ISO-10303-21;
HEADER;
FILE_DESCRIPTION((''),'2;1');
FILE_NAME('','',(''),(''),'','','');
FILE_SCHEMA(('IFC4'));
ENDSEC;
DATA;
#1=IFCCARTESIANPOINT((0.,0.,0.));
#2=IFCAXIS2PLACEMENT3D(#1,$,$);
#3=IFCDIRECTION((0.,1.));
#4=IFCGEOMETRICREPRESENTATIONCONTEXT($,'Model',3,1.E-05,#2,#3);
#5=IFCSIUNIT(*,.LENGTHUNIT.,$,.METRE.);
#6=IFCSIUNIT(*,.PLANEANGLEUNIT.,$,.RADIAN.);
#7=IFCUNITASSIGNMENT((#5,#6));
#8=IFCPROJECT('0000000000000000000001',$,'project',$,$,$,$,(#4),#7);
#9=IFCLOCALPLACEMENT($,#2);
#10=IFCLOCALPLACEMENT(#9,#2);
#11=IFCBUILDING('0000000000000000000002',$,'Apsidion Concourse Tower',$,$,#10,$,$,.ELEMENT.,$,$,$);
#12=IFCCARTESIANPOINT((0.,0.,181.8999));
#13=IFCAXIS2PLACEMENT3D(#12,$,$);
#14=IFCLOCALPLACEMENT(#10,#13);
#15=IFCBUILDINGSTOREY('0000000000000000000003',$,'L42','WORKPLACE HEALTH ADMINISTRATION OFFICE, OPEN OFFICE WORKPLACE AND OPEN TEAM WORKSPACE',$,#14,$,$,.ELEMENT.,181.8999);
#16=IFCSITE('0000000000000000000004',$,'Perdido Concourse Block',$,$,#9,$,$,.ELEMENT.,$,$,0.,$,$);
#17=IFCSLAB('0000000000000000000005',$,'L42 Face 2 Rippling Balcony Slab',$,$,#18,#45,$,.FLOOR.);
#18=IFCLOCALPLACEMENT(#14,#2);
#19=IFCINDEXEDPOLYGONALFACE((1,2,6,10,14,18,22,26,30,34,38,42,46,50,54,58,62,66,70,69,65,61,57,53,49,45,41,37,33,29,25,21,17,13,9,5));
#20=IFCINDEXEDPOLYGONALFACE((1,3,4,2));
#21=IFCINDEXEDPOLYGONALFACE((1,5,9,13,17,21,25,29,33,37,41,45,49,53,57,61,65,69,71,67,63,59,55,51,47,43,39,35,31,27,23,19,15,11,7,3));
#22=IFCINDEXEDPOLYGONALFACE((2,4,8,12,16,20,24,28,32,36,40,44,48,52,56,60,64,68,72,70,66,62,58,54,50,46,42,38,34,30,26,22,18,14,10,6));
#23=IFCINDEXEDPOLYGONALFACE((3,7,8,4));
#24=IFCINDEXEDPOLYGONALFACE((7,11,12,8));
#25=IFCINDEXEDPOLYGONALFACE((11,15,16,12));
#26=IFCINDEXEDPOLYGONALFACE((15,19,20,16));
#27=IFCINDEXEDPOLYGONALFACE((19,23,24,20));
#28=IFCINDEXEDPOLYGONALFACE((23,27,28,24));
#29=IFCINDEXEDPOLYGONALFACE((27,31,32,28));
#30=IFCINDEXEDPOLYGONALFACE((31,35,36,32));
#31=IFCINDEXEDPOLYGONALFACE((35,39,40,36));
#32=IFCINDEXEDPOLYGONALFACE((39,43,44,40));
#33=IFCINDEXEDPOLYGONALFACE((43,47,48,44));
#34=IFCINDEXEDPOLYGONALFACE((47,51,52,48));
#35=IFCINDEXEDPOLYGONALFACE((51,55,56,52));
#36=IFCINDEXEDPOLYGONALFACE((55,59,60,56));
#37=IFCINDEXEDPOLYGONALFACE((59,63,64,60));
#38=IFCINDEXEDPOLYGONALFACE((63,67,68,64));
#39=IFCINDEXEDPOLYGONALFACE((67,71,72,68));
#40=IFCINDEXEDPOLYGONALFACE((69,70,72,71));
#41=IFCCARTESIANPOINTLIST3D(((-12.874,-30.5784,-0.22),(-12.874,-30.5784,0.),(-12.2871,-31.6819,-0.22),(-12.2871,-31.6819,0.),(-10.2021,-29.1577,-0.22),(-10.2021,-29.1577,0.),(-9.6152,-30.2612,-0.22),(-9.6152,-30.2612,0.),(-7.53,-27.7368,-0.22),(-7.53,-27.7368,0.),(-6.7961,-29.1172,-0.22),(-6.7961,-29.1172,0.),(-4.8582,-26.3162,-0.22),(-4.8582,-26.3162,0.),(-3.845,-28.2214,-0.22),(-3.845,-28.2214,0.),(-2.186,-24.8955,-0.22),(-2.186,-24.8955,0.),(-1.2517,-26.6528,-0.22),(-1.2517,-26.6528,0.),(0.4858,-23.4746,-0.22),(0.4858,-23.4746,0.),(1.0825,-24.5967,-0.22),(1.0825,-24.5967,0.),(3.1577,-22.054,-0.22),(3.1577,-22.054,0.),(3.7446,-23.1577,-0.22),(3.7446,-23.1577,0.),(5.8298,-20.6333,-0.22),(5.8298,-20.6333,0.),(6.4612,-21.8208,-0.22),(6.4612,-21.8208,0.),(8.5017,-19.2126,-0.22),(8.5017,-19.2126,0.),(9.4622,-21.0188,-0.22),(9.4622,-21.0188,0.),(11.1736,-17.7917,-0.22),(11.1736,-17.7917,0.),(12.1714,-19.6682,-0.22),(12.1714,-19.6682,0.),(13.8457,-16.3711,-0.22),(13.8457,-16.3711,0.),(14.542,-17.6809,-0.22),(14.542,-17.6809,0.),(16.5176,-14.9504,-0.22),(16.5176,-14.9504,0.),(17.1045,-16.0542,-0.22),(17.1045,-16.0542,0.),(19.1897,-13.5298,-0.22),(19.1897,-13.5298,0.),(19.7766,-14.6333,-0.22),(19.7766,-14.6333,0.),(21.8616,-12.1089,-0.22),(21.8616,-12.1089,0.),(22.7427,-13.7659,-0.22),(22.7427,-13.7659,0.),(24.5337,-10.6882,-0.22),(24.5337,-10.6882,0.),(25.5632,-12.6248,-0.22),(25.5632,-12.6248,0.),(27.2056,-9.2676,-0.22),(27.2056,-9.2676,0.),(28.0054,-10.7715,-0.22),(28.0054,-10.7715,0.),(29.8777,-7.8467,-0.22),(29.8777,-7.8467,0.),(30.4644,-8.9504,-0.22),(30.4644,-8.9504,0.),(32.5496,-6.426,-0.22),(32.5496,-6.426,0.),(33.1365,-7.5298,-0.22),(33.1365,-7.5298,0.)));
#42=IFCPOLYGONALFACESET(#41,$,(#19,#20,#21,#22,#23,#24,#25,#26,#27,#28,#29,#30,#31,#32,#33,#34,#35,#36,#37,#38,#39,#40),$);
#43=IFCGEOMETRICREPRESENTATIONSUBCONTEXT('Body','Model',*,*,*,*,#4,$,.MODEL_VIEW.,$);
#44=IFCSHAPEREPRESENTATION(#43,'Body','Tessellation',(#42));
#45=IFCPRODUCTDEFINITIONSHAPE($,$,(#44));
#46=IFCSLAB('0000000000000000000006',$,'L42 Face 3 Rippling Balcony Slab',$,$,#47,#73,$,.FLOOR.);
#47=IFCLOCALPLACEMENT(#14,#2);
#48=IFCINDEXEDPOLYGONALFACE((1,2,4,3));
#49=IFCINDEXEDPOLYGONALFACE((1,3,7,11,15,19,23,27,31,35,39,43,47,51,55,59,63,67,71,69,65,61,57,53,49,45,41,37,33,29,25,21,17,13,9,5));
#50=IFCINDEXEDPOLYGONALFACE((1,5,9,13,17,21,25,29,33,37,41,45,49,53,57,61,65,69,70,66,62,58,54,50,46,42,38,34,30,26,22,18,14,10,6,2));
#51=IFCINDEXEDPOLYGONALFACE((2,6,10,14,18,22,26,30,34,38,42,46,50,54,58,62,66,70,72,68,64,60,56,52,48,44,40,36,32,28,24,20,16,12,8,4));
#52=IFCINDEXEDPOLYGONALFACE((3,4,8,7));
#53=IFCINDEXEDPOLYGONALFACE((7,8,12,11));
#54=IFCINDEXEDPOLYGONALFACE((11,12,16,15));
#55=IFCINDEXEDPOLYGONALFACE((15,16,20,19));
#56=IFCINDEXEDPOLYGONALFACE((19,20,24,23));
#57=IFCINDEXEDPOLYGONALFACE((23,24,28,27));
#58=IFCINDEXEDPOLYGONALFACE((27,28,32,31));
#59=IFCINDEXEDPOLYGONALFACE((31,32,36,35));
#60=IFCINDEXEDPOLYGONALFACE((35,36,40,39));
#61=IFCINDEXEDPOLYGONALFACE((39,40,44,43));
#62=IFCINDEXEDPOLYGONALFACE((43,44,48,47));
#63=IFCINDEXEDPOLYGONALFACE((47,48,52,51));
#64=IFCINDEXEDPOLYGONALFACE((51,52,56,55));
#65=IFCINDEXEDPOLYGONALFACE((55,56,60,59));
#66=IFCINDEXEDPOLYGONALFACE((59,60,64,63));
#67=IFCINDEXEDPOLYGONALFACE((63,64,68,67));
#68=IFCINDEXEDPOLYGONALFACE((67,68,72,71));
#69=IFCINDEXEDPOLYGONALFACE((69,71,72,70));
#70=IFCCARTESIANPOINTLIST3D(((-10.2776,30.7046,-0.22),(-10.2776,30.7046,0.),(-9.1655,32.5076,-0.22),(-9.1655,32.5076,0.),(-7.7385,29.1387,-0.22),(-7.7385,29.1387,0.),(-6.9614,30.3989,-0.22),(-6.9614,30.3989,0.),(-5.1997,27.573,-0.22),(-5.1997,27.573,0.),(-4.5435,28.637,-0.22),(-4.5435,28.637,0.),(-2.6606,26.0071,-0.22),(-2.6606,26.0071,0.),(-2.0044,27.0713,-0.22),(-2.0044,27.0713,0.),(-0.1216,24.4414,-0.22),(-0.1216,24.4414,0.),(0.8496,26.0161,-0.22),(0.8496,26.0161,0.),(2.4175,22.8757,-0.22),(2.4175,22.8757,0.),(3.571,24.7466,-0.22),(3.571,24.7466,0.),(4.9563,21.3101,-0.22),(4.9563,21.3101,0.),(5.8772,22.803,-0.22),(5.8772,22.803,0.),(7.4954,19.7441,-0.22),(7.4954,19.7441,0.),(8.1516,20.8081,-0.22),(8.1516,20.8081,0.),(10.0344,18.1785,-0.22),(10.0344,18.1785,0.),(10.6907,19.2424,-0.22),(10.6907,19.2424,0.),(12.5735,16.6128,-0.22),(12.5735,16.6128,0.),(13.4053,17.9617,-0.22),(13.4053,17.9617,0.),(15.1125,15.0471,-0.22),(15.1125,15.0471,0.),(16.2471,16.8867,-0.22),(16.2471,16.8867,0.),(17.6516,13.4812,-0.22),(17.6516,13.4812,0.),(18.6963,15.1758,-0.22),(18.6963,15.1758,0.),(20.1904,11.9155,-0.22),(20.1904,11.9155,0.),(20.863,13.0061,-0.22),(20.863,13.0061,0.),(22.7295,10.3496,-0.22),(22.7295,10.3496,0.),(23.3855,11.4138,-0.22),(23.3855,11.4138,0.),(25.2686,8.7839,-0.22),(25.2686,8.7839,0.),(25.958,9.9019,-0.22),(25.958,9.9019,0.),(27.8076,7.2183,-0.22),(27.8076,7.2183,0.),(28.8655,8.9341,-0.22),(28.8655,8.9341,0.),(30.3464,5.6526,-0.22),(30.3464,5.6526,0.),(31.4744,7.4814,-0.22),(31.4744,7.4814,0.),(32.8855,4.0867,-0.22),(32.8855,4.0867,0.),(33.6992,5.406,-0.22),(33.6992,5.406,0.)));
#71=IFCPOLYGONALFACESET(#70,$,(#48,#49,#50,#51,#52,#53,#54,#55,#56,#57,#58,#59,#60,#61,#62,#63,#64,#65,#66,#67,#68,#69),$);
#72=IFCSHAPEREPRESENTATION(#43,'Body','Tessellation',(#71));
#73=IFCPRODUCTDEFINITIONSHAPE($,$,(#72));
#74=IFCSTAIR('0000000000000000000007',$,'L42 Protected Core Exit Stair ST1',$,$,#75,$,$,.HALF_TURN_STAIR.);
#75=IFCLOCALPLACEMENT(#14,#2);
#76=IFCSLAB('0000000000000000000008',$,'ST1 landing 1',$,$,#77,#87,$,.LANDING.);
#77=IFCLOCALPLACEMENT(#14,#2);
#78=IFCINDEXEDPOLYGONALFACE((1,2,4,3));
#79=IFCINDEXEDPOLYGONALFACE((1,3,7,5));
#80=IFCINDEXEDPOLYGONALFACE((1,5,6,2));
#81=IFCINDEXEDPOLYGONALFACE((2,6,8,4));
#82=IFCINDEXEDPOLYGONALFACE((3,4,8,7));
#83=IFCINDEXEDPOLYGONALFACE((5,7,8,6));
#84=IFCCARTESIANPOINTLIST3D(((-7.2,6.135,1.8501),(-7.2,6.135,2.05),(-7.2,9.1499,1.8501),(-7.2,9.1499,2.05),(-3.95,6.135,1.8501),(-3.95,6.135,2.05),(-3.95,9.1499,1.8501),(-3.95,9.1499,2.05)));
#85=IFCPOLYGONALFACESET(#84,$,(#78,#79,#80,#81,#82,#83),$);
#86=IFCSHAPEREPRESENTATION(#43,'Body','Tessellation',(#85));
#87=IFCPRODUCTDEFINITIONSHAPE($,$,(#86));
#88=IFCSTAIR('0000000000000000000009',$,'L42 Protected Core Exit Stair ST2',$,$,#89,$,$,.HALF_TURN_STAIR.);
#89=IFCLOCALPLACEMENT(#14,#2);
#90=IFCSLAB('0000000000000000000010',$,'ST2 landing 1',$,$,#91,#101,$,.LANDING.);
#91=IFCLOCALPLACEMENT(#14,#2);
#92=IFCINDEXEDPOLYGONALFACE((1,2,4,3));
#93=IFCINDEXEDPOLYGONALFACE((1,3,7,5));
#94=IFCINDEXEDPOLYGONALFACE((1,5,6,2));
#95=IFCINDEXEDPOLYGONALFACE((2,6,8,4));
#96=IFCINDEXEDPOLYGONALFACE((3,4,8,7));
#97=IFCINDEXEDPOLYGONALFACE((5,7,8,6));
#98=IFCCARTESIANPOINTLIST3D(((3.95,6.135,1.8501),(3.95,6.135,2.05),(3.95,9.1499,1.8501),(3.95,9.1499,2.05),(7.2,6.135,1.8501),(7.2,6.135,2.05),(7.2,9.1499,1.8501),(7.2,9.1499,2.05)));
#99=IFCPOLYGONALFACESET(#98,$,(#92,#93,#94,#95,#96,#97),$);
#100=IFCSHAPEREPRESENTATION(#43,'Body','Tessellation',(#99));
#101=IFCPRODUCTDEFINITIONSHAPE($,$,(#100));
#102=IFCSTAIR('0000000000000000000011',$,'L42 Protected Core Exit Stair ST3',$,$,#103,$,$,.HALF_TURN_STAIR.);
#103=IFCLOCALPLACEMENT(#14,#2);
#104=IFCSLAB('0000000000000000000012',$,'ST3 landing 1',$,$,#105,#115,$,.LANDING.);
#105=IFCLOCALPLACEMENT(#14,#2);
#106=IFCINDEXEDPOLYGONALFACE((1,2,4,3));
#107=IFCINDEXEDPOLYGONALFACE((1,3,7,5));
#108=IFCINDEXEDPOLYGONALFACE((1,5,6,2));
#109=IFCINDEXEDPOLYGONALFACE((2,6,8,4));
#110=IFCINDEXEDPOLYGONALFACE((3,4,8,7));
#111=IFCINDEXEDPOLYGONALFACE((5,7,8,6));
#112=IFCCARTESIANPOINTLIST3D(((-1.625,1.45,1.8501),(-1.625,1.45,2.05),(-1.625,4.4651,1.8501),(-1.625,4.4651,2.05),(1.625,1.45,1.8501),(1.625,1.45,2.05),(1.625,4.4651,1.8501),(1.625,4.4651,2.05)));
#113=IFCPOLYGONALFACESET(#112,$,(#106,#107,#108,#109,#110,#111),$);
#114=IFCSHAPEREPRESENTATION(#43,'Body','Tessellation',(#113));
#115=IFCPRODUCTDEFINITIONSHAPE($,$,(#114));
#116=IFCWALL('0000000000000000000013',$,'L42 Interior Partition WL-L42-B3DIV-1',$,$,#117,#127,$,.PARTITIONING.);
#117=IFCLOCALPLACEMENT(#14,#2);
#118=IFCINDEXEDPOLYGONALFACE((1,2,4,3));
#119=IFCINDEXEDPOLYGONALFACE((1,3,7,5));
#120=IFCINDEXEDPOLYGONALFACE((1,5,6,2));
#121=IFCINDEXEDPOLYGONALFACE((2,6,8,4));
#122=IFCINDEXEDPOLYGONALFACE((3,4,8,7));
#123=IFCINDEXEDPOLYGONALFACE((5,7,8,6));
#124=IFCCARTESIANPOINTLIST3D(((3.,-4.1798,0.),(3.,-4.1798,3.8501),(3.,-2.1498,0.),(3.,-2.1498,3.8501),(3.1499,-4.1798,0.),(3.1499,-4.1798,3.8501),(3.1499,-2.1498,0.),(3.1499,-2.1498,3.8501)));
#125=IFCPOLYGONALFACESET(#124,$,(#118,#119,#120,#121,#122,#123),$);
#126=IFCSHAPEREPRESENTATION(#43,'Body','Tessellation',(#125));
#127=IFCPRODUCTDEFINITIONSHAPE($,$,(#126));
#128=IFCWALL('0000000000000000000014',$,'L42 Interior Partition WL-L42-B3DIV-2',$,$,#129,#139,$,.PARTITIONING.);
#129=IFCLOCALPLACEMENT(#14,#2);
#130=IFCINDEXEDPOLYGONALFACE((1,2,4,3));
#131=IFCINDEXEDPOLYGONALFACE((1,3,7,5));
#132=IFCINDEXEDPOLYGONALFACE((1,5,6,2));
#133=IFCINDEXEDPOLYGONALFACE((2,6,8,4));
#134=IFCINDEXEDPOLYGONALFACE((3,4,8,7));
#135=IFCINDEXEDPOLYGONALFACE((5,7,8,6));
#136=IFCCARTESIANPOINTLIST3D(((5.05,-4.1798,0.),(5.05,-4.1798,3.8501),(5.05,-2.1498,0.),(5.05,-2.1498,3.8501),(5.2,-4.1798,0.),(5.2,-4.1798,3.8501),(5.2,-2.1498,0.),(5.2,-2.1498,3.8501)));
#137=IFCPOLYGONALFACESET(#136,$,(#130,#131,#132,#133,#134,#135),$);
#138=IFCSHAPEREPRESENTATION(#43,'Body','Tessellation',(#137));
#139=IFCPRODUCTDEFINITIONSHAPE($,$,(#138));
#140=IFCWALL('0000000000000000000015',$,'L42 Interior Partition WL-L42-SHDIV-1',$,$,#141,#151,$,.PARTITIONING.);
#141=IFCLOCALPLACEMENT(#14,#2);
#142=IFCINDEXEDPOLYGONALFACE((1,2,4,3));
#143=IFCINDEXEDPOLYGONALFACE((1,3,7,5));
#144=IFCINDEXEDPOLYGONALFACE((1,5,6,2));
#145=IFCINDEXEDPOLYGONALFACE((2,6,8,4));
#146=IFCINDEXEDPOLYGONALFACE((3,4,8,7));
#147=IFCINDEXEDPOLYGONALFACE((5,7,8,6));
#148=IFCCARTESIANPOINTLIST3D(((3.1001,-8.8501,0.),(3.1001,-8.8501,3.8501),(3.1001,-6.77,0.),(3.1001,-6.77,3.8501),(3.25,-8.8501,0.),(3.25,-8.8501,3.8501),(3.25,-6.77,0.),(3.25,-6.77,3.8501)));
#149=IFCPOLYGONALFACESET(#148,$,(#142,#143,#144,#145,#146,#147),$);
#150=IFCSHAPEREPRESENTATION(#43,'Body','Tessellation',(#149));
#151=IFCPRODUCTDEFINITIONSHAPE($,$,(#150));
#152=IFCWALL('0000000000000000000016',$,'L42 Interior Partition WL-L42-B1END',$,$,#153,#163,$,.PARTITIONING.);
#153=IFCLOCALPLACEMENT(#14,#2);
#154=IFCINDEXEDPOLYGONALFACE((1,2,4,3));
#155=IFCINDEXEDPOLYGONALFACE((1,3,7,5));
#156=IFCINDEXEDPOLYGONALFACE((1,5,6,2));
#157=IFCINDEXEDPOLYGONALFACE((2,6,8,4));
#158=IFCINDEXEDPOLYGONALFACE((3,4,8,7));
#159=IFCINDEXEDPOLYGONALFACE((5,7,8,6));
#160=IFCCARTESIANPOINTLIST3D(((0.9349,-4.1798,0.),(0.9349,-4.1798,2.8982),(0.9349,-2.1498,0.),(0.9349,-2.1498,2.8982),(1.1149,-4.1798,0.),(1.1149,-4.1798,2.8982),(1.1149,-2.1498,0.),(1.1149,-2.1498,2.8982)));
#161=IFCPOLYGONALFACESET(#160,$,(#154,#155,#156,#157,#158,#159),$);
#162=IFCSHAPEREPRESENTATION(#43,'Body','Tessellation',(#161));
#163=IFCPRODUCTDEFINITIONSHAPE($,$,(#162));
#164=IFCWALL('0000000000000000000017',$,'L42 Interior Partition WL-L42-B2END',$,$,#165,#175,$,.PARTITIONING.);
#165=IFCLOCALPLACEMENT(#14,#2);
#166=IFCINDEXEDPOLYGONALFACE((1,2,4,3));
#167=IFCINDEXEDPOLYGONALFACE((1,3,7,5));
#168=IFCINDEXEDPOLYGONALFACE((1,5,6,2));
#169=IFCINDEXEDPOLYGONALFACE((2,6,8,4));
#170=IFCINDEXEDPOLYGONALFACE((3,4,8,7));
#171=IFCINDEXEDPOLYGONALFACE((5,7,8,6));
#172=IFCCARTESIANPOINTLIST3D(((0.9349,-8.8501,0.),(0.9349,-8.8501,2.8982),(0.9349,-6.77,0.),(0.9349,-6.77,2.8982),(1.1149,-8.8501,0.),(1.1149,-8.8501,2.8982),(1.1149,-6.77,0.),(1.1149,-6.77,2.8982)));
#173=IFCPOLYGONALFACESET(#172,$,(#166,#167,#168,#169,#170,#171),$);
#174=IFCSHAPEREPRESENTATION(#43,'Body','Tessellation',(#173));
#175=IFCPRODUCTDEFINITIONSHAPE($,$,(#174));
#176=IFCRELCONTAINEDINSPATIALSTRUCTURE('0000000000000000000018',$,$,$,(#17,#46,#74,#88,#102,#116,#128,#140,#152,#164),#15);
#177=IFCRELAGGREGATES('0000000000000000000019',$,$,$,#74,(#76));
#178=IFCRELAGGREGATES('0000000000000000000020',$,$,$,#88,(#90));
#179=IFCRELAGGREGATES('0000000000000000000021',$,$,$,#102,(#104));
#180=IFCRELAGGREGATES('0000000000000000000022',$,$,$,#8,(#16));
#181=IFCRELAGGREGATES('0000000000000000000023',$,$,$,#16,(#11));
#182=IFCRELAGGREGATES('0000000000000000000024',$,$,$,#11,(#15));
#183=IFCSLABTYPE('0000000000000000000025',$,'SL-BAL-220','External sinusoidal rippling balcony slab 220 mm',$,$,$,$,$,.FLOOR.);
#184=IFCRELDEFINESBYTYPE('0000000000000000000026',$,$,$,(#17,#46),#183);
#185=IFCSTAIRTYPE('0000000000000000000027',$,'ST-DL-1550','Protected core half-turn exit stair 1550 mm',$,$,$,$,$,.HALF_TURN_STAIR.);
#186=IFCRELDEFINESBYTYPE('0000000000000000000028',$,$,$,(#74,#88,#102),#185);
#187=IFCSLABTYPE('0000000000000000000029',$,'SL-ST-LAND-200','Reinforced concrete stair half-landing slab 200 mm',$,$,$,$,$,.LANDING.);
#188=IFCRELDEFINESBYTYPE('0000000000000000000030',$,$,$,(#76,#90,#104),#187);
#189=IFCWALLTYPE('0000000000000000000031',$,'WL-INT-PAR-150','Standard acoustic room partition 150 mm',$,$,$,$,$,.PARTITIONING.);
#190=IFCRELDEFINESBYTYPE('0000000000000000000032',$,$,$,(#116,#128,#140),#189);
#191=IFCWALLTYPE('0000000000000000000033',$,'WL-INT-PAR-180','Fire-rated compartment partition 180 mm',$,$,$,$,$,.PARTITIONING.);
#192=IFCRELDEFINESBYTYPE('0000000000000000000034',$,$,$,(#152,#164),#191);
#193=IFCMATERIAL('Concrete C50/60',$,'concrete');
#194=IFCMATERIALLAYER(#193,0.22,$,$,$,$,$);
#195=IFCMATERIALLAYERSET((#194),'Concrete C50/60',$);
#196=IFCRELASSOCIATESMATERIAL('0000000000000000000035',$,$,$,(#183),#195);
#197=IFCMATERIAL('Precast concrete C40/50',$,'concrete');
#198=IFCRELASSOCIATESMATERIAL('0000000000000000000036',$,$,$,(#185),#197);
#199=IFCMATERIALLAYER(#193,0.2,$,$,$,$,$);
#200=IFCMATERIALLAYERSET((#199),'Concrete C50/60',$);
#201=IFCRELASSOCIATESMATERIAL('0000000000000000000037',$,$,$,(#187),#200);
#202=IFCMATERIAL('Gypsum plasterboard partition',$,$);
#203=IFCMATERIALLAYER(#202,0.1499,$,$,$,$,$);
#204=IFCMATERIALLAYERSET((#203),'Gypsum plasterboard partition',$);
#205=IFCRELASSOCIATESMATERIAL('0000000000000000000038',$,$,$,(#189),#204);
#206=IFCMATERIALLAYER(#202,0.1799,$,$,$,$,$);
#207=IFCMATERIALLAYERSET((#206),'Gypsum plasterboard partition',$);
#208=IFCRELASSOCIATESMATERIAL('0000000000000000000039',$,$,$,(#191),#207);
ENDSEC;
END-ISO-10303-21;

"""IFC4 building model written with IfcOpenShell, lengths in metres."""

from ifc_helpers import new_model, si_unit, direction, frame, frame_2d, origin, place, context, subcontext, project, spatial, polyline, rectangle, outline, extrude, material, layer, layer_set, type_object, element, aggregate, save


model = new_model("IFC4")

# Units and contexts
model_context = context("Model", 3, precision=1e-05, world=origin(), true_north=direction((0.0, 1.0)))
body_context = subcontext(model_context, "Body", "Model", "MODEL_VIEW")
ifc_project = project(units=[si_unit("LENGTHUNIT", "METRE"), si_unit("PLANEANGLEUNIT", "RADIAN")], contexts=[model_context])

# Site, building, storey
site_placement = place(None, origin())
site = spatial("IfcSite", under=ifc_project, at=site_placement, Name="Perdido Concourse Block", CompositionType="ELEMENT", RefElevation=0.0)
building_placement = place(site_placement, origin())
building = spatial("IfcBuilding", under=site, at=building_placement, Name="Apsidion Concourse Tower", CompositionType="ELEMENT")
storey_placement = place(building_placement, frame((0.0, 0.0, 181.8999)))
storey = spatial("IfcBuildingStorey", under=building, at=storey_placement, Name="L42", Description="WORKPLACE HEALTH ADMINISTRATION OFFICE, OPEN OFFICE WORKPLACE AND OPEN TEAM WORKSPACE", CompositionType="ELEMENT", Elevation=181.8999)

# Shared definitions
ifc_material_1 = material(Name="Concrete C50/60", Category="concrete")

# Slabs
ifc_layer_1 = layer(ifc_material_1, 0.22)
ifc_layer_set_1 = layer_set([ifc_layer_1], Name="Concrete C50/60")
slab_type_1 = type_object("IfcSlabType", Name="SL-BAL-220", Description="External sinusoidal rippling balcony slab 220 mm", PredefinedType="FLOOR", material=ifc_layer_set_1)
slab_1_placement = place(storey_placement, frame((0.0, 0.0, -0.22)))
element("IfcSlab", 1, at=slab_1_placement, inside=storey, type_object=slab_type_1, Name="L42 Face 2 Rippling Balcony Slab", PredefinedType="FLOOR", context=body_context, shape_type="SweptSolid", body=[
    extrude(outline(polyline([(-12.874, -30.5784), (-10.2021, -29.1577), (-7.53, -27.7368), (-4.8582, -26.3162), (-2.186, -24.8955), (0.4858, -23.4746), (3.1577, -22.054), (5.8298, -20.6333), (8.5017, -19.2126), (11.1736, -17.7917), (13.8457, -16.3711), (16.5176, -14.9504), (19.1897, -13.5298), (21.8616, -12.1089), (24.5337, -10.6882), (27.2056, -9.2676), (29.8777, -7.8467), (32.5496, -6.426), (33.1365, -7.5298), (30.4644, -8.9504), (28.0054, -10.7715), (25.5632, -12.6248), (22.7427, -13.7659), (19.7766, -14.6333), (17.1045, -16.0542), (14.542, -17.6809), (12.1714, -19.6682), (9.4622, -21.0188), (6.4612, -21.8208), (3.7446, -23.1577), (1.0825, -24.5967), (-1.2517, -26.6528), (-3.845, -28.2214), (-6.7961, -29.1172), (-9.6152, -30.2612), (-12.2871, -31.6819), (-12.874, -30.5784)])), origin(), (0.0, 0.0, 1.0), 0.22),
])
slab_2_placement = place(storey_placement, frame((0.0, 0.0, -0.22)))
element("IfcSlab", 2, at=slab_2_placement, inside=storey, type_object=slab_type_1, Name="L42 Face 3 Rippling Balcony Slab", PredefinedType="FLOOR", context=body_context, shape_type="SweptSolid", body=[
    extrude(outline(polyline([(32.8855, 4.0867), (30.3464, 5.6526), (27.8076, 7.2183), (25.2686, 8.7839), (22.7295, 10.3496), (20.1904, 11.9155), (17.6516, 13.4812), (15.1125, 15.0471), (12.5735, 16.6128), (10.0344, 18.1785), (7.4954, 19.7441), (4.9563, 21.3101), (2.4175, 22.8757), (-0.1216, 24.4414), (-2.6606, 26.0071), (-5.1997, 27.573), (-7.7385, 29.1387), (-10.2776, 30.7046), (-9.1655, 32.5076), (-6.9614, 30.3989), (-4.5435, 28.637), (-2.0044, 27.0713), (0.8496, 26.0161), (3.571, 24.7466), (5.8772, 22.803), (8.1516, 20.8081), (10.6907, 19.2424), (13.4053, 17.9617), (16.2471, 16.8867), (18.6963, 15.1758), (20.863, 13.0061), (23.3855, 11.4138), (25.958, 9.9019), (28.8655, 8.9341), (31.4744, 7.4814), (33.6992, 5.406), (32.8855, 4.0867)])), origin(), (0.0, 0.0, 1.0), 0.22),
])

# Stairs, slabs
ifc_material_2 = material(Name="Precast concrete C40/50", Category="concrete")
stair_type = type_object("IfcStairType", Name="ST-DL-1550", Description="Protected core half-turn exit stair 1550 mm", PredefinedType="HALF_TURN_STAIR", material=ifc_material_2)
stair_1_placement = place(storey_placement, origin())
stair_1 = element("IfcStair", 3, at=stair_1_placement, inside=storey, type_object=stair_type, Name="L42 Protected Core Exit Stair ST1", PredefinedType="HALF_TURN_STAIR")
ifc_layer_2 = layer(ifc_material_1, 0.2)
ifc_layer_set_2 = layer_set([ifc_layer_2], Name="Concrete C50/60")
slab_type_2 = type_object("IfcSlabType", Name="SL-ST-LAND-200", Description="Reinforced concrete stair half-landing slab 200 mm", PredefinedType="LANDING", material=ifc_layer_set_2)
slab_3_placement = place(storey_placement, frame((0.0, 0.0, 1.8501)))
slab_3 = element("IfcSlab", 4, at=slab_3_placement, type_object=slab_type_2, Name="ST1 landing 1", PredefinedType="LANDING", context=body_context, shape_type="SweptSolid", body=[
    extrude(outline(polyline([(-3.95, 6.135), (-3.95, 9.1499), (-7.2, 9.1499), (-7.2, 6.135), (-3.95, 6.135)])), origin(), (0.0, 0.0, 1.0), 0.2),
])
aggregate(stair_1, [slab_3])
stair_2_placement = place(storey_placement, origin())
stair_2 = element("IfcStair", 5, at=stair_2_placement, inside=storey, type_object=stair_type, Name="L42 Protected Core Exit Stair ST2", PredefinedType="HALF_TURN_STAIR")
slab_4_placement = place(storey_placement, frame((0.0, 0.0, 1.8501)))
slab_4 = element("IfcSlab", 6, at=slab_4_placement, type_object=slab_type_2, Name="ST2 landing 1", PredefinedType="LANDING", context=body_context, shape_type="SweptSolid", body=[
    extrude(outline(polyline([(7.2, 6.135), (7.2, 9.1499), (3.95, 9.1499), (3.95, 6.135), (7.2, 6.135)])), origin(), (0.0, 0.0, 1.0), 0.2),
])
aggregate(stair_2, [slab_4])
stair_3_placement = place(storey_placement, origin())
stair_3 = element("IfcStair", 7, at=stair_3_placement, inside=storey, type_object=stair_type, Name="L42 Protected Core Exit Stair ST3", PredefinedType="HALF_TURN_STAIR")
slab_5_placement = place(storey_placement, frame((0.0, 0.0, 1.8501)))
slab_5 = element("IfcSlab", 8, at=slab_5_placement, type_object=slab_type_2, Name="ST3 landing 1", PredefinedType="LANDING", context=body_context, shape_type="SweptSolid", body=[
    extrude(outline(polyline([(-1.625, 4.4651), (-1.625, 1.45), (1.625, 1.45), (1.625, 4.4651), (-1.625, 4.4651)])), origin(), (0.0, 0.0, 1.0), 0.2),
])
aggregate(stair_3, [slab_5])

# Walls
ifc_material_3 = material(Name="Gypsum plasterboard partition")
ifc_layer_3 = layer(ifc_material_3, 0.1499)
ifc_layer_set_3 = layer_set([ifc_layer_3], Name="Gypsum plasterboard partition")
wall_type_1 = type_object("IfcWallType", Name="WL-INT-PAR-150", Description="Standard acoustic room partition 150 mm", PredefinedType="PARTITIONING", material=ifc_layer_set_3)
for number, where, z_axis, x_axis, name in (
    (9, (3.075, -4.1799, 0.0), (0.0, 0.0, 1.0), (0.0, 1.0, 0.0), "L42 Interior Partition WL-L42-B3DIV-1"),
    (10, (5.125, -4.1799, 0.0), (0.0, 0.0, 1.0), (0.0, 1.0, 0.0), "L42 Interior Partition WL-L42-B3DIV-2"),
):
    element("IfcWall", number, at=place(storey_placement, frame(where, z_axis=z_axis, x_axis=x_axis)), inside=storey, type_object=wall_type_1, Name=name, PredefinedType="PARTITIONING", context=body_context, shape_type="SweptSolid", body=[
        extrude(rectangle(XDim=2.03, YDim=0.1499, at=frame_2d((1.0151, 0.0))), origin(), (0.0, 0.0, 1.0), 3.8501),
    ])
wall_1_placement = place(storey_placement, frame((3.175, -8.8501, 0.0), z_axis=(0.0, 0.0, 1.0), x_axis=(0.0, 1.0, 0.0)))
element("IfcWall", 11, at=wall_1_placement, inside=storey, type_object=wall_type_1, Name="L42 Interior Partition WL-L42-SHDIV-1", PredefinedType="PARTITIONING", context=body_context, shape_type="SweptSolid", body=[
    extrude(rectangle(XDim=2.0801, YDim=0.1499, at=frame_2d((1.04, 0.0))), origin(), (0.0, 0.0, 1.0), 3.8501),
])
ifc_layer_4 = layer(ifc_material_3, 0.1799)
ifc_layer_set_4 = layer_set([ifc_layer_4], Name="Gypsum plasterboard partition")
wall_type_2 = type_object("IfcWallType", Name="WL-INT-PAR-180", Description="Fire-rated compartment partition 180 mm", PredefinedType="PARTITIONING", material=ifc_layer_set_4)
wall_2_placement = place(storey_placement, frame((1.0249, -4.1799, 0.0), z_axis=(0.0, 0.0, 1.0), x_axis=(0.0, 1.0, 0.0)))
element("IfcWall", 12, at=wall_2_placement, inside=storey, type_object=wall_type_2, Name="L42 Interior Partition WL-L42-B1END", PredefinedType="PARTITIONING", context=body_context, shape_type="SweptSolid", body=[
    extrude(rectangle(XDim=2.03, YDim=0.1799, at=frame_2d((1.0151, 0.0))), origin(), (0.0, 0.0, 1.0), 2.8982),
])
wall_3_placement = place(storey_placement, frame((1.0249, -8.8501, 0.0), z_axis=(0.0, 0.0, 1.0), x_axis=(0.0, 1.0, 0.0)))
element("IfcWall", 13, at=wall_3_placement, inside=storey, type_object=wall_type_2, Name="L42 Interior Partition WL-L42-B2END", PredefinedType="PARTITIONING", context=body_context, shape_type="SweptSolid", body=[
    extrude(rectangle(XDim=2.0801, YDim=0.1799, at=frame_2d((1.04, 0.0))), origin(), (0.0, 0.0, 1.0), 2.8982),
])

save(model, "model.ifc")
